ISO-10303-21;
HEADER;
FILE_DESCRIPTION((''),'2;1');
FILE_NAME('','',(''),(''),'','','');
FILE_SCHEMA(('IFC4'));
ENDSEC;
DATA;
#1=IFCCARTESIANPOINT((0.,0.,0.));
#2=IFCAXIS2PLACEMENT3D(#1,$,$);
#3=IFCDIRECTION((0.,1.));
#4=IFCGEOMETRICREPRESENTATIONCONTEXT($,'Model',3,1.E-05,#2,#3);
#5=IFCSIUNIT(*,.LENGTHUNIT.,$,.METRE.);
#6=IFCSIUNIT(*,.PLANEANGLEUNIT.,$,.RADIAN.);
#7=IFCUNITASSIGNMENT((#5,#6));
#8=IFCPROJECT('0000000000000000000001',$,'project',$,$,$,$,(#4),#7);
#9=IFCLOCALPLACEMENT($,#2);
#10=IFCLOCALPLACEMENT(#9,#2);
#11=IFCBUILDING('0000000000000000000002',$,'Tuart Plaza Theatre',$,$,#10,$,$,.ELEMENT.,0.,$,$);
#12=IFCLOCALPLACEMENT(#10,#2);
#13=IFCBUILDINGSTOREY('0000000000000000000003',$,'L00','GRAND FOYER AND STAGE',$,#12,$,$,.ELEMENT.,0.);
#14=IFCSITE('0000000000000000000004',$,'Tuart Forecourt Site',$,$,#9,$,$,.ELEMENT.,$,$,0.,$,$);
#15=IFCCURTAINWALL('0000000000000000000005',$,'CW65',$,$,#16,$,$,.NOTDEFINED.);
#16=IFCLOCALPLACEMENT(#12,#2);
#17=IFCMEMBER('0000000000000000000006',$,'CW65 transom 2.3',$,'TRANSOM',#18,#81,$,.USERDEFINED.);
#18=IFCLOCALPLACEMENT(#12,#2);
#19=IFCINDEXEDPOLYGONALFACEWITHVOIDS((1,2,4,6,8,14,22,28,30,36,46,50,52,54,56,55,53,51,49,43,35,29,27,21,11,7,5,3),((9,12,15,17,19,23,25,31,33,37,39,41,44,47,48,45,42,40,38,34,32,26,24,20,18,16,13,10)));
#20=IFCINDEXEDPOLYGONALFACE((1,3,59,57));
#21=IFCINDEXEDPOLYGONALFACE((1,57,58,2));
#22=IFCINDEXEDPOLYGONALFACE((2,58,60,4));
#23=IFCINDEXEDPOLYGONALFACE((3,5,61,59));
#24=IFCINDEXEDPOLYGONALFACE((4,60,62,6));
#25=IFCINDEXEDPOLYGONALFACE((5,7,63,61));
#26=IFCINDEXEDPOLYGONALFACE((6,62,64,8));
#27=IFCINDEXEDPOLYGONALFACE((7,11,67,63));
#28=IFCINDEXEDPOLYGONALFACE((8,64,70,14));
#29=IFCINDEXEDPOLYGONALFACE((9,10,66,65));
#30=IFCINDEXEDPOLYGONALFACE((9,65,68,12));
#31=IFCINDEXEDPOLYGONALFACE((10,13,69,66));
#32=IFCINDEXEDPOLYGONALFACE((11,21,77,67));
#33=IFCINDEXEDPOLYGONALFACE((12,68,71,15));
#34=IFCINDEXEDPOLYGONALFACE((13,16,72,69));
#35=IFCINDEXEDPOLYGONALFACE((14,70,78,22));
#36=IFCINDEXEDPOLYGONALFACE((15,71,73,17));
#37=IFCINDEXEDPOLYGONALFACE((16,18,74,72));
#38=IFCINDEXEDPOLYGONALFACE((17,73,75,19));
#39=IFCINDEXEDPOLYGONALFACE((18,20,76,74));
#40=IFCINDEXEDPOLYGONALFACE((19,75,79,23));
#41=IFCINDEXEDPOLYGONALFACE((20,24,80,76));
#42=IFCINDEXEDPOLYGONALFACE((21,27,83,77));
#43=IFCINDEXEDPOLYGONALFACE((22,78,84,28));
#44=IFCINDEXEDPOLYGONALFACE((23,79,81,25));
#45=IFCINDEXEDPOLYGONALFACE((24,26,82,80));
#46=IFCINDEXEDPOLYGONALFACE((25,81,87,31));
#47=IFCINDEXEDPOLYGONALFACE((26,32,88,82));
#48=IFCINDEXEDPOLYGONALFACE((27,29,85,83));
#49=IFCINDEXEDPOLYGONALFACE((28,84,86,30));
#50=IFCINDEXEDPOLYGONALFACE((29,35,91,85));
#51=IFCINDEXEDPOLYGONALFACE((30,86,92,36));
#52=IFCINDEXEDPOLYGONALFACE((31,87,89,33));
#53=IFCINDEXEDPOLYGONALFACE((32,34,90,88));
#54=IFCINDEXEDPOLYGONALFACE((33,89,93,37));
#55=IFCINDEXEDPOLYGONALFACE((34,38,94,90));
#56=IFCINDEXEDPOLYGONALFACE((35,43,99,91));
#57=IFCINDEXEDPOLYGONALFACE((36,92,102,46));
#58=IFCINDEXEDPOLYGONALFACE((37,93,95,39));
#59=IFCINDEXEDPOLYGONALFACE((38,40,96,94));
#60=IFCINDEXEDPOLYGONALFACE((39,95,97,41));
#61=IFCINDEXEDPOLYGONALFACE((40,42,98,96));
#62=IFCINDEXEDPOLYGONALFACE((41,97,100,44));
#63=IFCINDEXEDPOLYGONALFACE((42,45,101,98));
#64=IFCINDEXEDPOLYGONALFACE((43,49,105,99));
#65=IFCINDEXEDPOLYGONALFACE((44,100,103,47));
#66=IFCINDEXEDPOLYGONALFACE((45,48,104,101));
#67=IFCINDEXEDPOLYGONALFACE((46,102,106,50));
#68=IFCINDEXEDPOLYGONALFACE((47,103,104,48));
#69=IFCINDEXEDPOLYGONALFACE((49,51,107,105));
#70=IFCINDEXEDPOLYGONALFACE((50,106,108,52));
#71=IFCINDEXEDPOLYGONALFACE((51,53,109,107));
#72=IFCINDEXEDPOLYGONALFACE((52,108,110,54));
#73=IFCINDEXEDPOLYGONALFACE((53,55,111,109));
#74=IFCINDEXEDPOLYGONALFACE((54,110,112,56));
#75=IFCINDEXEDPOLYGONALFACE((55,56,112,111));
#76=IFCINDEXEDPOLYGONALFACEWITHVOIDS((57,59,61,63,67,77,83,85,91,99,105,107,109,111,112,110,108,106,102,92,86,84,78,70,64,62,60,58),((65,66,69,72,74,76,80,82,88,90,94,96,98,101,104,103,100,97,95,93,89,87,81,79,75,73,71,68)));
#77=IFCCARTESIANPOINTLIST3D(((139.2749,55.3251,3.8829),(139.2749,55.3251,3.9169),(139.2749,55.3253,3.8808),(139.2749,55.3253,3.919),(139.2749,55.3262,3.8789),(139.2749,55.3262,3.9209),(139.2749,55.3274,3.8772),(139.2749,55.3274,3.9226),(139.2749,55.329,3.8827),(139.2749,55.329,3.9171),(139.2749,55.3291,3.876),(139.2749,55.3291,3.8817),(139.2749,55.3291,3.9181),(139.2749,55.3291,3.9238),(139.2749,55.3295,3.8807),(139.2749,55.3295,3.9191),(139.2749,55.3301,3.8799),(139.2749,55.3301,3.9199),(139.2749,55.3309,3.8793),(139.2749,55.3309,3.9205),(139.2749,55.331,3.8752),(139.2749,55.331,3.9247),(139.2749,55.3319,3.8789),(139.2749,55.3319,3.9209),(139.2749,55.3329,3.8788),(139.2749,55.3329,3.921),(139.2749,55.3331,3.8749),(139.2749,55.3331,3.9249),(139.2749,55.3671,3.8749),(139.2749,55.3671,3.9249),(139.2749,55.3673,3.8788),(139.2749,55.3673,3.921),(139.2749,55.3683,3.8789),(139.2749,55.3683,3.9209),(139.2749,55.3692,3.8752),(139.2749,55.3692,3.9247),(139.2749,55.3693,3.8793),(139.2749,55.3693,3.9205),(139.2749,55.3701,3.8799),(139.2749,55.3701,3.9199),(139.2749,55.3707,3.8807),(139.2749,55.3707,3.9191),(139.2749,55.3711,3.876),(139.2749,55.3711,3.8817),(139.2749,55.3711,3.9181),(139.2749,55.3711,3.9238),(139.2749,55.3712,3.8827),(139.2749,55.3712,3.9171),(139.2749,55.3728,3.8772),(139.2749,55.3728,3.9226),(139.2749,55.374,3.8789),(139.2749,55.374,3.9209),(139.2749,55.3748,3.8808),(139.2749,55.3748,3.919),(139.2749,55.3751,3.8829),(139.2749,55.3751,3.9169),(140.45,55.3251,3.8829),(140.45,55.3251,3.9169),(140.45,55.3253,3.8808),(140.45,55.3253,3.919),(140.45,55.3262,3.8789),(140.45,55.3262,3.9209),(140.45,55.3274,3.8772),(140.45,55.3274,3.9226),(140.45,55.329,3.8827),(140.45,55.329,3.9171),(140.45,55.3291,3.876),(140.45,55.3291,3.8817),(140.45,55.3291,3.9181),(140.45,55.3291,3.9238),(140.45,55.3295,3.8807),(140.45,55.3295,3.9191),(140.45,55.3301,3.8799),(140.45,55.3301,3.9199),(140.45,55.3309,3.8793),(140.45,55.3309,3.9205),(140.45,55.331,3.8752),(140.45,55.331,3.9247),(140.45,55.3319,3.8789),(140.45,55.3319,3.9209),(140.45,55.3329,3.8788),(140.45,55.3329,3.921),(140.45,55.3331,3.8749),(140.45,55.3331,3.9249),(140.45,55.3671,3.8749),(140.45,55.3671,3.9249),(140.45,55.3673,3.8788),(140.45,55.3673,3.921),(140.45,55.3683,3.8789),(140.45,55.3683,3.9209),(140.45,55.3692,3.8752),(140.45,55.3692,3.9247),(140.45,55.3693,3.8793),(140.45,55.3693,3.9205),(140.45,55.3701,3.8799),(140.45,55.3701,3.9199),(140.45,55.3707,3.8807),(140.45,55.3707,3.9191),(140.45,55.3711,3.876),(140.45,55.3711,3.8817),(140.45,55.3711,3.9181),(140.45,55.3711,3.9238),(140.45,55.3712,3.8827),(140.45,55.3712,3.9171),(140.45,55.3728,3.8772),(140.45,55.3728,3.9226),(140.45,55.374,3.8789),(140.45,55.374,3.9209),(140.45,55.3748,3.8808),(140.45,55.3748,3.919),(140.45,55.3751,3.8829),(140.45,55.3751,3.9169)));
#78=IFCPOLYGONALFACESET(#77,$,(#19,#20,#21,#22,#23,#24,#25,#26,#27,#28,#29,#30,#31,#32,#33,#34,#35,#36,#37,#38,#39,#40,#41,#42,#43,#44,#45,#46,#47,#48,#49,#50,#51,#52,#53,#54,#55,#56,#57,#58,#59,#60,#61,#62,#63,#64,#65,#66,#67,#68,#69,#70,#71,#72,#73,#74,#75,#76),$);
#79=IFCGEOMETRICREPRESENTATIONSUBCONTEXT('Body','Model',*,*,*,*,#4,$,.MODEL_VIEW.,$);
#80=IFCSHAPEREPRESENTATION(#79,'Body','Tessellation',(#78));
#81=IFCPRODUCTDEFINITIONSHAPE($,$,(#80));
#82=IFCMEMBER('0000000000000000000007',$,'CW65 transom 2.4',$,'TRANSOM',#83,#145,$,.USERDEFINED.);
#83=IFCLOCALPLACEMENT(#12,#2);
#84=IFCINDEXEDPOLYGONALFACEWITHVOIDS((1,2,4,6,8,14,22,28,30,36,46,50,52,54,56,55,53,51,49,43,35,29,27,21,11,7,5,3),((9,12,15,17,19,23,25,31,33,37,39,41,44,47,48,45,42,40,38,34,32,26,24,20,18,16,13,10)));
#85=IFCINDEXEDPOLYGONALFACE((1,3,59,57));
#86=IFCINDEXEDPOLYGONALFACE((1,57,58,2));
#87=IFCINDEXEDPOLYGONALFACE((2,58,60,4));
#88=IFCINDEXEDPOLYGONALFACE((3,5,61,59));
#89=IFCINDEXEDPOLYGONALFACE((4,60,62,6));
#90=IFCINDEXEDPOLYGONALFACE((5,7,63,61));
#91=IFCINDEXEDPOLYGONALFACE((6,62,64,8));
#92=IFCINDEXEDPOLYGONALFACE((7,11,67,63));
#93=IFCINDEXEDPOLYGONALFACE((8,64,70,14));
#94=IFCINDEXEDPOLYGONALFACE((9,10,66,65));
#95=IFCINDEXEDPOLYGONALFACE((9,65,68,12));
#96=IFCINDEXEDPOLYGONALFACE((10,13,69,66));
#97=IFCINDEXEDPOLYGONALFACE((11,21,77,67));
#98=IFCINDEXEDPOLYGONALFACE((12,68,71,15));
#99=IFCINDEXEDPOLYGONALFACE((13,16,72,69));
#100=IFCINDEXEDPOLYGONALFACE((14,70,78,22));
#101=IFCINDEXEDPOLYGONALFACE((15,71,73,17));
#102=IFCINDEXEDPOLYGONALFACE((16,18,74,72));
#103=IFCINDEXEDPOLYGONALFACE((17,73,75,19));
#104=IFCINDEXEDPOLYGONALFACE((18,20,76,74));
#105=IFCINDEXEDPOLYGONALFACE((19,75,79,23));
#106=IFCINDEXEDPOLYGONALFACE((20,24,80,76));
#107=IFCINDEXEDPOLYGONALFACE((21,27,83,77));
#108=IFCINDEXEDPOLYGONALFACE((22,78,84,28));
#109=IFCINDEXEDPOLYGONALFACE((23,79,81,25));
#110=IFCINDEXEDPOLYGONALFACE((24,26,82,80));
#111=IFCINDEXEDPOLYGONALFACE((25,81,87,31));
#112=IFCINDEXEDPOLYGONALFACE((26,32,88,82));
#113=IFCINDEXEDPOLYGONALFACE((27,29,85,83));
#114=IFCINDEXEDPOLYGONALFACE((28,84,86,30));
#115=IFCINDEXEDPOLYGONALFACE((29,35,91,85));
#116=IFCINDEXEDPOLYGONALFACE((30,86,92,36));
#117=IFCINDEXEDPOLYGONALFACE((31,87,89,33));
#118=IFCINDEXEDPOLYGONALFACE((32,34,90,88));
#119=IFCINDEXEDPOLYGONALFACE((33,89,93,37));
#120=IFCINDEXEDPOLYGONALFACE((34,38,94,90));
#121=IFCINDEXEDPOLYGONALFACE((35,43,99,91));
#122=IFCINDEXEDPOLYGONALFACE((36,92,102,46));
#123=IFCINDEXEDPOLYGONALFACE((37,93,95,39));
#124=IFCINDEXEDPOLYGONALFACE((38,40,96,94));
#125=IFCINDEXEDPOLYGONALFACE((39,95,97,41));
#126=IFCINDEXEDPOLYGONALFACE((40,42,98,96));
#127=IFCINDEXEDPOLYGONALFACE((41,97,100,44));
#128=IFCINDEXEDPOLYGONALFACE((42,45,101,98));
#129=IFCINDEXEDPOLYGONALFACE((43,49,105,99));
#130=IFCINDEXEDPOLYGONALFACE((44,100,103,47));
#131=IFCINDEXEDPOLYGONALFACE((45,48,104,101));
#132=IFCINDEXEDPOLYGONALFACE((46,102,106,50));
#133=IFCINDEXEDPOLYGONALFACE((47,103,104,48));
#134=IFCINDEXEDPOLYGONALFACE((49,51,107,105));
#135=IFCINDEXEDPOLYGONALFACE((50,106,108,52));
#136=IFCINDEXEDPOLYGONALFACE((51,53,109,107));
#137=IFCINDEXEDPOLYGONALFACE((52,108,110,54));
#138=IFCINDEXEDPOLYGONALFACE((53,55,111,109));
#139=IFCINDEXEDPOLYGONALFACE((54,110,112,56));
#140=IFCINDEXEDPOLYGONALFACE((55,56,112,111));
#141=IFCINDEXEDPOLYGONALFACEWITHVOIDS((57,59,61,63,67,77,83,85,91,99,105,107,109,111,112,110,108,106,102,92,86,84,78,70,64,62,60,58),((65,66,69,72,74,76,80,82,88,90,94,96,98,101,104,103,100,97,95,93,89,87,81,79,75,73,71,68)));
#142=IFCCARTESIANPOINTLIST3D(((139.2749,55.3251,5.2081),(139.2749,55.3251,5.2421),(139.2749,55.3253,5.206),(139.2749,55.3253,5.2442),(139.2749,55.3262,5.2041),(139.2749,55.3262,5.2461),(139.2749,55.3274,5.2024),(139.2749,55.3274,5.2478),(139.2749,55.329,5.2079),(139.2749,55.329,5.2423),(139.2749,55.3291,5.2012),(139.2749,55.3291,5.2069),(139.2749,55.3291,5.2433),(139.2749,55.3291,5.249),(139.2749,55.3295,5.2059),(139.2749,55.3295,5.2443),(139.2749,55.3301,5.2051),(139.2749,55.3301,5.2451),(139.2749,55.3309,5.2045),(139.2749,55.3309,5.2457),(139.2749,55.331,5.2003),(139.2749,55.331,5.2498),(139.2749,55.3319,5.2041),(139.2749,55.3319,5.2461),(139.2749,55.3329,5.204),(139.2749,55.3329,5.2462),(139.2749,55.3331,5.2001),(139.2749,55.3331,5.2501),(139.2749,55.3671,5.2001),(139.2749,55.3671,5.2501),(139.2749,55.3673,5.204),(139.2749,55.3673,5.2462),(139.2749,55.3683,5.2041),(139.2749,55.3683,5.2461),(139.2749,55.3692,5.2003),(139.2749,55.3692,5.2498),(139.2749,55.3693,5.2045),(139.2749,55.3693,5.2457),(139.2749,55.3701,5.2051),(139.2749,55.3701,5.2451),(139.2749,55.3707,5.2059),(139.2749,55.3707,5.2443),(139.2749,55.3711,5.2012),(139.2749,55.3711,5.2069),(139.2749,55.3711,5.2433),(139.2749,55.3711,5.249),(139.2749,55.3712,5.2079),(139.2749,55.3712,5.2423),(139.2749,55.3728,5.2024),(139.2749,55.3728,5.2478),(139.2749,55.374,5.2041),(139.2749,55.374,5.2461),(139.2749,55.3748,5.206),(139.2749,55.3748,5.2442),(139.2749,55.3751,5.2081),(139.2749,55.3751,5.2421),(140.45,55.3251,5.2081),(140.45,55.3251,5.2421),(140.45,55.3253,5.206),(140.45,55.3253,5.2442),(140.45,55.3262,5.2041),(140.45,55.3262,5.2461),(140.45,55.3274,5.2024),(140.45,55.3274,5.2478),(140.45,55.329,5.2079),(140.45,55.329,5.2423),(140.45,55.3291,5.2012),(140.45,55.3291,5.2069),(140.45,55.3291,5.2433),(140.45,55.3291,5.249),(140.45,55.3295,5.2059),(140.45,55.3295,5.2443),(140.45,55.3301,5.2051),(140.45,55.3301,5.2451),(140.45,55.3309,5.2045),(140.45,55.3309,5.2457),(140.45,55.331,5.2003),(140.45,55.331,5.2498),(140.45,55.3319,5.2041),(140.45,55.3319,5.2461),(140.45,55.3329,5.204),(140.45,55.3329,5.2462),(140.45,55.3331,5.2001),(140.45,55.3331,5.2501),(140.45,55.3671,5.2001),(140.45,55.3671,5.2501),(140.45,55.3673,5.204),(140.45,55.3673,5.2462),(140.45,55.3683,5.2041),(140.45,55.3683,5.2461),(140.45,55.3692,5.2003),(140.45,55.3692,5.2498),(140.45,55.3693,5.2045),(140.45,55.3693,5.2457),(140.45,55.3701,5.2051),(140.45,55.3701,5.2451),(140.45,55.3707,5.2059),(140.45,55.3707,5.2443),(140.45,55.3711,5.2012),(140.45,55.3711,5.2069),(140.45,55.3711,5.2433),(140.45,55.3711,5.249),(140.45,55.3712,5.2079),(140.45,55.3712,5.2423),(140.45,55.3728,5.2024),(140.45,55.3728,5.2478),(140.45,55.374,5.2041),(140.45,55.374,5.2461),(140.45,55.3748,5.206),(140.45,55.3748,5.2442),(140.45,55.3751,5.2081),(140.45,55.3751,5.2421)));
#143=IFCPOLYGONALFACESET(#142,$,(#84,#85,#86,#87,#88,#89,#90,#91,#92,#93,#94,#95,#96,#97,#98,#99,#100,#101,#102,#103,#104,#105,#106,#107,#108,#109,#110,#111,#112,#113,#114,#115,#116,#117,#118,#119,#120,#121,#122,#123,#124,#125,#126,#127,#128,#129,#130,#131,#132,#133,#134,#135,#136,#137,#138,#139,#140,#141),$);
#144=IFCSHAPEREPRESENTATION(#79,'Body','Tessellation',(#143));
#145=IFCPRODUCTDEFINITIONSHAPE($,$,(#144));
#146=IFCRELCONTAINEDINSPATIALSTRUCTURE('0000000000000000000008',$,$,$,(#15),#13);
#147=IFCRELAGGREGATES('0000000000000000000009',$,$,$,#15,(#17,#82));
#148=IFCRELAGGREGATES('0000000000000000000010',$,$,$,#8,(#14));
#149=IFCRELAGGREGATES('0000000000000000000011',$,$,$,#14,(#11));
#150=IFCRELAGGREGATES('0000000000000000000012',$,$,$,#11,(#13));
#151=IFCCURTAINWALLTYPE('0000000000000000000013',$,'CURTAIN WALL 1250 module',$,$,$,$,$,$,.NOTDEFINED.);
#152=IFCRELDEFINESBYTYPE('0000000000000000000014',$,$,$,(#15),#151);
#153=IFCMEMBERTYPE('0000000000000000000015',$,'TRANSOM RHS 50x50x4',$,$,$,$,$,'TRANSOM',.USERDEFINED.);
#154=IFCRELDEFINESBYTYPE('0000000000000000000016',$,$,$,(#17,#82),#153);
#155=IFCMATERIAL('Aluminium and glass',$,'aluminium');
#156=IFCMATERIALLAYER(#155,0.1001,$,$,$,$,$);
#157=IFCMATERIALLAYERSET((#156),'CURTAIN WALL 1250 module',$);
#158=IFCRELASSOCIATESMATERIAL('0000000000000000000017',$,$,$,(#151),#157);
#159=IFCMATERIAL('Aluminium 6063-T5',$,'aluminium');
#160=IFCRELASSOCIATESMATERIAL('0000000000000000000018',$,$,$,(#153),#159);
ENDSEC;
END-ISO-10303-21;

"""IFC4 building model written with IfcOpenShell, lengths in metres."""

from ifc_helpers import new_model, si_unit, direction, frame, origin, origin_2d, place, context, subcontext, project, spatial, hollow_rectangle, extrude, material, layer, layer_set, material_profile, profile_set, type_object, element, aggregate, save


model = new_model("IFC4")

# Units and contexts
model_context = context("Model", 3, precision=1e-05, world=origin(), true_north=direction((0.0, 1.0)))
body_context = subcontext(model_context, "Body", "Model", "MODEL_VIEW")
ifc_project = project(units=[si_unit("LENGTHUNIT", "METRE"), si_unit("PLANEANGLEUNIT", "RADIAN")], contexts=[model_context])

# Site, building, storey
site_placement = place(None, origin())
site = spatial("IfcSite", under=ifc_project, at=site_placement, Name="Tuart Forecourt Site", CompositionType="ELEMENT", RefElevation=0.0)
building_placement = place(site_placement, origin())
building = spatial("IfcBuilding", under=site, at=building_placement, Name="Tuart Plaza Theatre", CompositionType="ELEMENT", ElevationOfRefHeight=0.0)
storey_placement = place(building_placement, origin())
storey = spatial("IfcBuildingStorey", under=building, at=storey_placement, Name="L00", Description="GRAND FOYER AND STAGE", CompositionType="ELEMENT", Elevation=0.0)

# Curtain wall
ifc_material_1 = material(Name="Aluminium and glass", Category="aluminium")
ifc_layer_1 = layer(ifc_material_1, 0.1001)
ifc_layer_set_1 = layer_set([ifc_layer_1], Name="CURTAIN WALL 1250 module")
curtain_wall_type_1 = type_object("IfcCurtainWallType", Name="CURTAIN WALL 1250 module", PredefinedType="NOTDEFINED", material=ifc_layer_set_1)
curtain_wall_1_placement = place(storey_placement, origin())
curtain_wall_1 = element("IfcCurtainWall", 1, at=curtain_wall_1_placement, inside=storey, type_object=curtain_wall_type_1, Name="CW65", PredefinedType="NOTDEFINED")

# Members
ifc_material_2 = material(Name="Aluminium 6063-T5", Category="aluminium")
ifc_material_profile_1 = material_profile(ifc_material_2, hollow_rectangle(XDim=0.05, YDim=0.05, WallThickness=0.0039, InnerFilletRadius=0.0039, OuterFilletRadius=0.0081, at=origin_2d()), Name="RHS 50x50x4")
ifc_profile_set_1 = profile_set([ifc_material_profile_1], Name="Aluminium 6063-T5")
member_type_1 = type_object("IfcMemberType", Name="TRANSOM RHS 50x50x4", ElementType="TRANSOM", PredefinedType="USERDEFINED", material=ifc_profile_set_1)
member_1_placement = place(storey_placement, frame((139.2749, 55.3501, 3.8999), z_axis=(1.0, 0.0, 0.0), x_axis=(0.0, 1.0, 0.0)))
member_1 = element("IfcMember", 2, at=member_1_placement, type_object=member_type_1, Name="CW65 transom 2.3", ObjectType="TRANSOM", PredefinedType="USERDEFINED", context=body_context, shape_type="SweptSolid", body=[
    extrude(hollow_rectangle(XDim=0.05, YDim=0.05, WallThickness=0.0039, InnerFilletRadius=0.0039, OuterFilletRadius=0.0081, at=origin_2d()), origin(), (0.0, 0.0, 1.0), 1.175),
])
member_2_placement = place(storey_placement, frame((139.2749, 55.3501, 5.2251), z_axis=(1.0, 0.0, 0.0), x_axis=(0.0, 1.0, 0.0)))
member_2 = element("IfcMember", 3, at=member_2_placement, type_object=member_type_1, Name="CW65 transom 2.4", ObjectType="TRANSOM", PredefinedType="USERDEFINED", context=body_context, shape_type="SweptSolid", body=[
    extrude(hollow_rectangle(XDim=0.05, YDim=0.05, WallThickness=0.0039, InnerFilletRadius=0.0039, OuterFilletRadius=0.0081, at=origin_2d()), origin(), (0.0, 0.0, 1.0), 1.175),
])

aggregate(curtain_wall_1, [member_1, member_2])

save(model, "model.ifc")
